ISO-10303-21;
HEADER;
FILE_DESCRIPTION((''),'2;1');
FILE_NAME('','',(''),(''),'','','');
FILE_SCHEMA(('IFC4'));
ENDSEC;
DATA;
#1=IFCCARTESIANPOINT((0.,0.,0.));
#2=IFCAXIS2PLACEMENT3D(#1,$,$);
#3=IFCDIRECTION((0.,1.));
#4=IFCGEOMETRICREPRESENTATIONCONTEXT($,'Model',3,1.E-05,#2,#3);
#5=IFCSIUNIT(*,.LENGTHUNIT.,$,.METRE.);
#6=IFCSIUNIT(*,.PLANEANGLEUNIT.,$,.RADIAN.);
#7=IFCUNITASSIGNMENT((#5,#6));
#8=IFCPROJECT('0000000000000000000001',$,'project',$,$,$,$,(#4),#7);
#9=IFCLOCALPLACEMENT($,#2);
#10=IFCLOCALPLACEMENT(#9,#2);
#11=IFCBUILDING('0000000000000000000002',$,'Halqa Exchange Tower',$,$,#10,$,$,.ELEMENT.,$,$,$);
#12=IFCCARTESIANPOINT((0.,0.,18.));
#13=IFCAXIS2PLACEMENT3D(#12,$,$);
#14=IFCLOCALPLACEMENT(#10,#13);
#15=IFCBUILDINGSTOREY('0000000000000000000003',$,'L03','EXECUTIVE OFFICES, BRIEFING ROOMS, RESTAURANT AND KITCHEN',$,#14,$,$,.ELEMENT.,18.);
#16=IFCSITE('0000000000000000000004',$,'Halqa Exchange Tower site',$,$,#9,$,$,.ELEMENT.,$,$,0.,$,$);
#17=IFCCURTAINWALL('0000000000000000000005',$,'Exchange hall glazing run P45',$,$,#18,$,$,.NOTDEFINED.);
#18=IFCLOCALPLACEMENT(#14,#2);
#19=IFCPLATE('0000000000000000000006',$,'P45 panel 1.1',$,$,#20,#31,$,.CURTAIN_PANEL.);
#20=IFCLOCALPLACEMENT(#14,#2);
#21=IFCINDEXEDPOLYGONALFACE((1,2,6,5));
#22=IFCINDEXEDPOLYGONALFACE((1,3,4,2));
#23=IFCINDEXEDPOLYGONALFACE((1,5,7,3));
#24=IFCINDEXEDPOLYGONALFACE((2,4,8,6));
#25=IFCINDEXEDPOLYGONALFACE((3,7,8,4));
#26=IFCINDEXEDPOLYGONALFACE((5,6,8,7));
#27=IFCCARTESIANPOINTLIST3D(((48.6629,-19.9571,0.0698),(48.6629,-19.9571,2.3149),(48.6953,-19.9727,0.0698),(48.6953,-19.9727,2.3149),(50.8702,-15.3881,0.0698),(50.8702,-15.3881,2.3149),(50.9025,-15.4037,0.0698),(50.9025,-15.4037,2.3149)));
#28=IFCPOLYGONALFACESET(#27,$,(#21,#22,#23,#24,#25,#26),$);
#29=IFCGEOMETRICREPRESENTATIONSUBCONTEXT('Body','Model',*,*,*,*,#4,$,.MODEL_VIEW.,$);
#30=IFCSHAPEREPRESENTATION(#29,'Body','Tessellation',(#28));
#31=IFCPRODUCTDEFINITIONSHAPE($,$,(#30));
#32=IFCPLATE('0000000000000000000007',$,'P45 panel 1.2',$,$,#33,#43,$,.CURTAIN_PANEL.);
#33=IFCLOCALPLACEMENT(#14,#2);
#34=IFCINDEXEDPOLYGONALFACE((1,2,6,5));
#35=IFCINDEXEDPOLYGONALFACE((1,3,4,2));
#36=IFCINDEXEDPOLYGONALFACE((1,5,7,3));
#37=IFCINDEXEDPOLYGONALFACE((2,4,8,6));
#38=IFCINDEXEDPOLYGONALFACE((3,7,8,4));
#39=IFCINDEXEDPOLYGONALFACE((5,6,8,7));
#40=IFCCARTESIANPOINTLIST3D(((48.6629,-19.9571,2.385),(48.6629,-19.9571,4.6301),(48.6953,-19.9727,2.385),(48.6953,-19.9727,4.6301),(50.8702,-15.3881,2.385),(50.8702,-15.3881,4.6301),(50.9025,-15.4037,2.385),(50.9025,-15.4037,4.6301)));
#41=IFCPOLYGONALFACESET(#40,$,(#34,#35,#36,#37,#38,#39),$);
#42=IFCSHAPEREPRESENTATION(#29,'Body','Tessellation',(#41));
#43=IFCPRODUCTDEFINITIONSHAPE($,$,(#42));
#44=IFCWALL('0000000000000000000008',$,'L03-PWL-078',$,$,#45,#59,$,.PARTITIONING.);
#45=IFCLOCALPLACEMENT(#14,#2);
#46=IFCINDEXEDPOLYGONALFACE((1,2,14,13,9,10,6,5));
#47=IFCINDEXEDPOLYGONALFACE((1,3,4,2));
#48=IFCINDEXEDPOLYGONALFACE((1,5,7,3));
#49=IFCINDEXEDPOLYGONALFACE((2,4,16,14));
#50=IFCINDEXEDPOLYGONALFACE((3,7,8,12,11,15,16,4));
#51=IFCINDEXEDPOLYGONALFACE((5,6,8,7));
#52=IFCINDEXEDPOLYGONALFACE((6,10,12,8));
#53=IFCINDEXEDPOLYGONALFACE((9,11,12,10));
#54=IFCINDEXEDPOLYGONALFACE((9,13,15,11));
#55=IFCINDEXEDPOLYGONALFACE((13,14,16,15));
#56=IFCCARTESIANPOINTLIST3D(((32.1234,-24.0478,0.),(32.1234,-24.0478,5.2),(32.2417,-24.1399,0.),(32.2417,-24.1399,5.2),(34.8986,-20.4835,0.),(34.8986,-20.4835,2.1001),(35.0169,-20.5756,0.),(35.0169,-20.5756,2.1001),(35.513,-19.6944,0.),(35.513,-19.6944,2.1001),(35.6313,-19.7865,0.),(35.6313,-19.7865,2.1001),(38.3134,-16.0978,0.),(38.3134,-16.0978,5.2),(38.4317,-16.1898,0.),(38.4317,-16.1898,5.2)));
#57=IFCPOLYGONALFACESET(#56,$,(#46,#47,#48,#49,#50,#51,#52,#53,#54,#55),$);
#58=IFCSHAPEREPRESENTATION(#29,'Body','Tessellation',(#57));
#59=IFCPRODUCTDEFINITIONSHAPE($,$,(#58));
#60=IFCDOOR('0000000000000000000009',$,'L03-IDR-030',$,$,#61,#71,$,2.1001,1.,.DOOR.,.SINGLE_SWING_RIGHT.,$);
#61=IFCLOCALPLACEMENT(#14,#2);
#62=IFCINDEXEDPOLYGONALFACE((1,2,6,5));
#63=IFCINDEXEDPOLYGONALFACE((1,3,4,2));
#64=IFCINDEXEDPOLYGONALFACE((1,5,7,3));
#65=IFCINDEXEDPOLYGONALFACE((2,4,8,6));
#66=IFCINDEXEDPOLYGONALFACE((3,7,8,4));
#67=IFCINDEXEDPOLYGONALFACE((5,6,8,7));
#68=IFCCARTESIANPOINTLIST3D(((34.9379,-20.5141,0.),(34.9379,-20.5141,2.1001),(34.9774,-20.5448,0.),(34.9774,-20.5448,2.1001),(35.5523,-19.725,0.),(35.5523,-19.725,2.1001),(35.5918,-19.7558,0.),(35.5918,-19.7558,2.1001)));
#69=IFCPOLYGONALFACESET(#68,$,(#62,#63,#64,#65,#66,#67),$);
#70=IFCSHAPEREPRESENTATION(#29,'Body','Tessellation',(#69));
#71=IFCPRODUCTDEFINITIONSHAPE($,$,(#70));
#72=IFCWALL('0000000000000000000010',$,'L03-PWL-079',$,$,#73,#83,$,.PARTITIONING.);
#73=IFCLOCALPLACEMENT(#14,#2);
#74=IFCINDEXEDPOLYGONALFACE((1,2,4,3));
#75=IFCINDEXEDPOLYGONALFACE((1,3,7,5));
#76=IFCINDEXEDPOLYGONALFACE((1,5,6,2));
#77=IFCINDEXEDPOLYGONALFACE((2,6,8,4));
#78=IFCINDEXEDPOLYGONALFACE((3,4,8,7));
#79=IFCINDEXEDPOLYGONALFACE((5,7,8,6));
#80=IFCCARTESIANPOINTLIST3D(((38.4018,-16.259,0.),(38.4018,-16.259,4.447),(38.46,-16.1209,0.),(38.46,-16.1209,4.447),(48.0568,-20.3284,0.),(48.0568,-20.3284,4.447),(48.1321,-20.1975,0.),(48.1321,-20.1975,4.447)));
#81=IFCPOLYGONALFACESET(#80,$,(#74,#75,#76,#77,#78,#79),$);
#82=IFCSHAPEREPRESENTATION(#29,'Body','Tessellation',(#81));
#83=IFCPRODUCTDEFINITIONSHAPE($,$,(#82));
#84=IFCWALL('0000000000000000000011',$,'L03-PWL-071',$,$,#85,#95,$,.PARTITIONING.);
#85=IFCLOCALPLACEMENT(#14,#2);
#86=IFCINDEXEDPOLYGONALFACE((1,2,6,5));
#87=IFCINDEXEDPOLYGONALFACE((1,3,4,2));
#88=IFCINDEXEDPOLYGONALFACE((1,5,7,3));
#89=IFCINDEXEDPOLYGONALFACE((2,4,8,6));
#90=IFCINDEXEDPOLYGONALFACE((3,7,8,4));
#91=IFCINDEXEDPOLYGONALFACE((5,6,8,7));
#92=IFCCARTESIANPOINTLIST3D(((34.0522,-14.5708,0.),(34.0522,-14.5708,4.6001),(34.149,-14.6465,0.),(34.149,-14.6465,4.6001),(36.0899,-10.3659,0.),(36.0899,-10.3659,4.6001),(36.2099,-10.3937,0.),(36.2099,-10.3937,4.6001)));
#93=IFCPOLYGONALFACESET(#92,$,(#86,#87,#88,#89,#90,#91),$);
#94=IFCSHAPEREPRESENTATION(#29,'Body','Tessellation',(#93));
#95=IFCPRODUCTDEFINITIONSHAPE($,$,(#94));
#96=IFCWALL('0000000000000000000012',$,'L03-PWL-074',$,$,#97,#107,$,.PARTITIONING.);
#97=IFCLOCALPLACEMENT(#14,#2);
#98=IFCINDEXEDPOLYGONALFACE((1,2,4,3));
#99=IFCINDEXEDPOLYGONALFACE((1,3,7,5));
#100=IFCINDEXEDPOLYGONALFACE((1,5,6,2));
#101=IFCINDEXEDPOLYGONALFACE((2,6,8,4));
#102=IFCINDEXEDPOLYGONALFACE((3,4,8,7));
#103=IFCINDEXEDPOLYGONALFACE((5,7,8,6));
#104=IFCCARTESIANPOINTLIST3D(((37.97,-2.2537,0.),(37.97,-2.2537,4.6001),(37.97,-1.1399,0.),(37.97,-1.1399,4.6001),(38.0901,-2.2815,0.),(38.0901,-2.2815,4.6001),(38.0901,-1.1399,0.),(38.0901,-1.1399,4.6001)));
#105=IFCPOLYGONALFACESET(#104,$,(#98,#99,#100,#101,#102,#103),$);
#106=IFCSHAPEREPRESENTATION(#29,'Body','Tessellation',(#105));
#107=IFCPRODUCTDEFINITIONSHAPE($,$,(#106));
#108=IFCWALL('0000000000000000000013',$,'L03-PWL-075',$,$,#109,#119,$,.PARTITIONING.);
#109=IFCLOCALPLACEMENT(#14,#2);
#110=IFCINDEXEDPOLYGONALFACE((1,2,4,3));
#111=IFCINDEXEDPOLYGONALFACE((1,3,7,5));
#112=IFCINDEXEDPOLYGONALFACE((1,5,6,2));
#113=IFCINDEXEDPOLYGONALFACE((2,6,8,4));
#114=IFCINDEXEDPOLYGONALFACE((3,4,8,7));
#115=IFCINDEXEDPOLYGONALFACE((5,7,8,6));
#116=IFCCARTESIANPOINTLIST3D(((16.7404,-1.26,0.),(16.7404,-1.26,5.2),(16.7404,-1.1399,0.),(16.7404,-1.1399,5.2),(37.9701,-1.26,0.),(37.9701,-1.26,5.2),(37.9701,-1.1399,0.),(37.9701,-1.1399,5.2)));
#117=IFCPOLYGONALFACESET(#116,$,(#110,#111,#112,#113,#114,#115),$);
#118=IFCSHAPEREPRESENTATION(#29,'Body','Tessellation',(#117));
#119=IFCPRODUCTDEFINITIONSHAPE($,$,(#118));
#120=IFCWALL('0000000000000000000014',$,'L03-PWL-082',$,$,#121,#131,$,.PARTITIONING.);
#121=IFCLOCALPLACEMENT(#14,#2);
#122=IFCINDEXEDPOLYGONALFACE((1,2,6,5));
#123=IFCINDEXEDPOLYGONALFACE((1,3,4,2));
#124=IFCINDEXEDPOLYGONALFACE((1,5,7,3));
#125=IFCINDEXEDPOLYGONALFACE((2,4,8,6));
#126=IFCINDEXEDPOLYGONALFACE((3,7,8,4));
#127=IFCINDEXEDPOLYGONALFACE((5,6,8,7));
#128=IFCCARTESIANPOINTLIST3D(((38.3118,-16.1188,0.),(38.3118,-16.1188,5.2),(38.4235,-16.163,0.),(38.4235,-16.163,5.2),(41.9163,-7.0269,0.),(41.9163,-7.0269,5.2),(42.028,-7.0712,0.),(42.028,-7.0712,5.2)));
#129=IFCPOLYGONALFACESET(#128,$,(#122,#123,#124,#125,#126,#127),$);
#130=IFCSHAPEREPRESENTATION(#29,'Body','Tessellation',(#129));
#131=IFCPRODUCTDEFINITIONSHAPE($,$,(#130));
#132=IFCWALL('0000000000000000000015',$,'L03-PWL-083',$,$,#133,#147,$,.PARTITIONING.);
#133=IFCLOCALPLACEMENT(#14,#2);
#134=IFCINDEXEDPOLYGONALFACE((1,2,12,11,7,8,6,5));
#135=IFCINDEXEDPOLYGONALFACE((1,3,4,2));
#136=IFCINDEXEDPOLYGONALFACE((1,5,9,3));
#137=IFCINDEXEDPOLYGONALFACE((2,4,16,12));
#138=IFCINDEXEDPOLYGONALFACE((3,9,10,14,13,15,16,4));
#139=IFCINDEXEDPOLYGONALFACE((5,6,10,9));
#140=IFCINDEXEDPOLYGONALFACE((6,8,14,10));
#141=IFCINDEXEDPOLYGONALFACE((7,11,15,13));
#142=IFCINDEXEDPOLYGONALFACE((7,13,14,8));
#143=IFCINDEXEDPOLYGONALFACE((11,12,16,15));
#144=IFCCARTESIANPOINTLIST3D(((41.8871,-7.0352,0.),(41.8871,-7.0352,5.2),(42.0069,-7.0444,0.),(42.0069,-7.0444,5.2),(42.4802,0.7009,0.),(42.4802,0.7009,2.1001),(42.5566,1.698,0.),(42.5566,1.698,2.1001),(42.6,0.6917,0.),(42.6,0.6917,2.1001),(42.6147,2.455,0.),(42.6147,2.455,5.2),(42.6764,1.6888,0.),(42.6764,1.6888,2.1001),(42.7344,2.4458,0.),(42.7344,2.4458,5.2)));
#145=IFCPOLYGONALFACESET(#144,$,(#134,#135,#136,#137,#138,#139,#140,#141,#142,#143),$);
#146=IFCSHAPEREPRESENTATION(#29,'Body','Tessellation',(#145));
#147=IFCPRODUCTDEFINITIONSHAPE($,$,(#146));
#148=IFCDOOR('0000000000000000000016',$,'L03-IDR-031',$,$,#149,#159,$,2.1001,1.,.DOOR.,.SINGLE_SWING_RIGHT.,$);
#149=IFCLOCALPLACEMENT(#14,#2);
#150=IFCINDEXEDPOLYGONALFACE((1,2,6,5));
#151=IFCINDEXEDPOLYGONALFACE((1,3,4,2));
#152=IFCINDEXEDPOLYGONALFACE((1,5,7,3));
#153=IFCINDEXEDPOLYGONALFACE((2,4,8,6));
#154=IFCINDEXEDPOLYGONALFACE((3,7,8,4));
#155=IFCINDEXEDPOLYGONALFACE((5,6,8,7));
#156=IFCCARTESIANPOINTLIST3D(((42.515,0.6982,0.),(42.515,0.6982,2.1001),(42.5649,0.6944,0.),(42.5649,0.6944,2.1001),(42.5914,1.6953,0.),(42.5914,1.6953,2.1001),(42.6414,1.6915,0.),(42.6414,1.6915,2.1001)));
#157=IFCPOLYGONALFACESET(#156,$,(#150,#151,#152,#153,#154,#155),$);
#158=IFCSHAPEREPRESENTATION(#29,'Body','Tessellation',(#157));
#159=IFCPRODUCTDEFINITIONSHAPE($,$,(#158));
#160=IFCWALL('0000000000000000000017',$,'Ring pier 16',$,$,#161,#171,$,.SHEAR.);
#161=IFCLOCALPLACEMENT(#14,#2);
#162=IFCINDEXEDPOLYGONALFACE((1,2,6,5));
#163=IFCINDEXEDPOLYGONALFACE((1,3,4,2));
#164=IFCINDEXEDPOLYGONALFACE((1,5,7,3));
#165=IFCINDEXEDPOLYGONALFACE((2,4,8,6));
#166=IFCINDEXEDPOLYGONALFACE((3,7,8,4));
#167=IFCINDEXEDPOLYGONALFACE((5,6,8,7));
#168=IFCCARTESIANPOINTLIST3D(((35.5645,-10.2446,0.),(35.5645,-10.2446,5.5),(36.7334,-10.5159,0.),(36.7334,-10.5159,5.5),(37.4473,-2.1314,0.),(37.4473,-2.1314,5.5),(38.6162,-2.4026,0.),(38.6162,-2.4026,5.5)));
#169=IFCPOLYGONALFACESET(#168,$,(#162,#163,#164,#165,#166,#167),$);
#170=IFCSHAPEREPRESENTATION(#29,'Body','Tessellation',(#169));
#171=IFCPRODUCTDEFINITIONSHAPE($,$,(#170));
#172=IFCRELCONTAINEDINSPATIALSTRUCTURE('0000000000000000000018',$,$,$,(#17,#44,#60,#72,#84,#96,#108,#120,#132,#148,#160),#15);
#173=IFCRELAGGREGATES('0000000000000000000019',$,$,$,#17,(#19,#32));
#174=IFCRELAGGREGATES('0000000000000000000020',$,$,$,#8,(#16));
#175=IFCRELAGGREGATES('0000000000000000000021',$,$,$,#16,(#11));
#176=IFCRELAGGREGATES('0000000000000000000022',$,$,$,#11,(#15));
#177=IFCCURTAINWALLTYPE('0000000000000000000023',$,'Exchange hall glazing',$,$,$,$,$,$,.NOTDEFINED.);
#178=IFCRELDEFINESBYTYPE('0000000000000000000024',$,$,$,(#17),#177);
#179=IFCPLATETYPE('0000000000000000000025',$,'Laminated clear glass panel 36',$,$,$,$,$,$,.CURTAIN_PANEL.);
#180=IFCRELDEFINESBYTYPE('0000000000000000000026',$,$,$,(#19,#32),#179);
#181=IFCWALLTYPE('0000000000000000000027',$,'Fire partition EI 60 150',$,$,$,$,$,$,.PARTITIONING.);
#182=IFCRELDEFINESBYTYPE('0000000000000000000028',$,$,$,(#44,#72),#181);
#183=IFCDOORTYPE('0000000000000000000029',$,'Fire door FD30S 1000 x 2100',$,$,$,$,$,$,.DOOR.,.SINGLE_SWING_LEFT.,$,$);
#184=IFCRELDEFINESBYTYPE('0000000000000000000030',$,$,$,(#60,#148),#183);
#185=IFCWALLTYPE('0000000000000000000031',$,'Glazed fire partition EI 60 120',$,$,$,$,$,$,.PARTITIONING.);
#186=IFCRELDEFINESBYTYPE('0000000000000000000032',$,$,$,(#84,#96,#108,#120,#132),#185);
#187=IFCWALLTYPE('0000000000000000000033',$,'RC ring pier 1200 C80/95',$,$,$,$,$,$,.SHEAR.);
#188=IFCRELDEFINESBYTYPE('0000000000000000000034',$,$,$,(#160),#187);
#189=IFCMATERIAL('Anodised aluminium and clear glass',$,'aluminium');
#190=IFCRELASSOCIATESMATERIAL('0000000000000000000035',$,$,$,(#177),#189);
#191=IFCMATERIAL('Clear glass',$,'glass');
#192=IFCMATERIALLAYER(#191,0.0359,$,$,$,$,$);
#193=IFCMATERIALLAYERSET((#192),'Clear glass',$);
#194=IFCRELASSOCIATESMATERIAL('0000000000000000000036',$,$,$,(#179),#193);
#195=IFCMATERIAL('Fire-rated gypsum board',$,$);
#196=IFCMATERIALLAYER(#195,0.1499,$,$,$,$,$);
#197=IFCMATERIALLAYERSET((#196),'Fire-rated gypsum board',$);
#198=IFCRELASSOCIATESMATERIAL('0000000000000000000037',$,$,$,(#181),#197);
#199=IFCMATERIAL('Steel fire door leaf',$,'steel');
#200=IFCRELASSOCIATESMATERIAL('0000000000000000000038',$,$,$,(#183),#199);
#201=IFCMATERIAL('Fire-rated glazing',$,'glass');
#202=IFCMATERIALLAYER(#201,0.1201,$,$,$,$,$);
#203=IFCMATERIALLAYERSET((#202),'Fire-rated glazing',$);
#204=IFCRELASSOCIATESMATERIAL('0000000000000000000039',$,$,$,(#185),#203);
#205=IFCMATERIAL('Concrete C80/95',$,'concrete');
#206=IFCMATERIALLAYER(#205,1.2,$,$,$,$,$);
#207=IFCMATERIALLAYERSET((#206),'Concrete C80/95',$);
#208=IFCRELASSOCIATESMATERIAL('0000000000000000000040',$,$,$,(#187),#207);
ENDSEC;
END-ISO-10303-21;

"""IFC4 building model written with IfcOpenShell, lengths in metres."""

from ifc_helpers import new_model, si_unit, direction, frame, frame_2d, origin, origin_2d, place, context, subcontext, project, spatial, polyline, rectangle, outline, extrude, material, layer, layer_set, type_object, element, fill, aggregate, save


model = new_model("IFC4")

# Units and contexts
model_context = context("Model", 3, precision=1e-05, world=origin(), true_north=direction((0.0, 1.0)))
body_context = subcontext(model_context, "Body", "Model", "MODEL_VIEW")
ifc_project = project(units=[si_unit("LENGTHUNIT", "METRE"), si_unit("PLANEANGLEUNIT", "RADIAN")], contexts=[model_context])

# Site, building, storey
site_placement = place(None, origin())
site = spatial("IfcSite", under=ifc_project, at=site_placement, Name="Halqa Exchange Tower site", CompositionType="ELEMENT", RefElevation=0.0)
building_placement = place(site_placement, origin())
building = spatial("IfcBuilding", under=site, at=building_placement, Name="Halqa Exchange Tower", CompositionType="ELEMENT")
storey_placement = place(building_placement, frame((0.0, 0.0, 18.0)))
storey = spatial("IfcBuildingStorey", under=building, at=storey_placement, Name="L03", Description="EXECUTIVE OFFICES, BRIEFING ROOMS, RESTAURANT AND KITCHEN", CompositionType="ELEMENT", Elevation=18.0)

# Curtain wall
ifc_material_1 = material(Name="Anodised aluminium and clear glass", Category="aluminium")
curtain_wall_type = type_object("IfcCurtainWallType", Name="Exchange hall glazing", PredefinedType="NOTDEFINED", material=ifc_material_1)
curtain_wall_placement = place(storey_placement, origin())
curtain_wall = element("IfcCurtainWall", 1, at=curtain_wall_placement, inside=storey, type_object=curtain_wall_type, Name="Exchange hall glazing run P45", PredefinedType="NOTDEFINED")

# Plates
ifc_material_2 = material(Name="Clear glass", Category="glass")
ifc_layer_1 = layer(ifc_material_2, 0.0359)
ifc_layer_set_1 = layer_set([ifc_layer_1], Name="Clear glass")
plate_type = type_object("IfcPlateType", Name="Laminated clear glass panel 36", PredefinedType="CURTAIN_PANEL", material=ifc_layer_set_1)
plate_1_placement = place(storey_placement, frame((49.7827, -17.6804, 0.0698), z_axis=(0.0, 0.0, 1.0), x_axis=(0.43499, 0.900435, 0.0)))
plate_1 = element("IfcPlate", 2, at=plate_1_placement, type_object=plate_type, Name="P45 panel 1.1", PredefinedType="CURTAIN_PANEL", context=body_context, shape_type="SweptSolid", body=[
    extrude(rectangle(XDim=5.0742, YDim=0.0359, at=origin_2d()), origin(), (0.0, 0.0, 1.0), 2.2451),
])
plate_2_placement = place(storey_placement, frame((49.7827, -17.6804, 2.385), z_axis=(0.0, 0.0, 1.0), x_axis=(0.43499, 0.900435, 0.0)))
plate_2 = element("IfcPlate", 3, at=plate_2_placement, type_object=plate_type, Name="P45 panel 1.2", PredefinedType="CURTAIN_PANEL", context=body_context, shape_type="SweptSolid", body=[
    extrude(rectangle(XDim=5.0742, YDim=0.0359, at=origin_2d()), origin(), (0.0, 0.0, 1.0), 2.2451),
])
aggregate(curtain_wall, [plate_1, plate_2])

# Wall, opening, door
ifc_material_3 = material(Name="Fire-rated gypsum board")
ifc_layer_2 = layer(ifc_material_3, 0.1499)
ifc_layer_set_2 = layer_set([ifc_layer_2], Name="Fire-rated gypsum board")
wall_type_1 = type_object("IfcWallType", Name="Fire partition EI 60 150", PredefinedType="PARTITIONING", material=ifc_layer_set_2)
wall_1_placement = place(storey_placement, frame((38.3726, -16.1438, 0.0), z_axis=(0.0, 0.0, 1.0), x_axis=(-0.614352, -0.789032, 0.0)))
wall_1 = element("IfcWall", 4, at=wall_1_placement, inside=storey, type_object=wall_type_1, Name="L03-PWL-078", PredefinedType="PARTITIONING", context=body_context, shape_type="SweptSolid", body=[
    extrude(rectangle(XDim=10.0757, YDim=0.1499, at=frame_2d((5.0378, 0.0))), origin(), (0.0, 0.0, 1.0), 5.2),
])
opening_1_placement = place(wall_1_placement, frame((4.5583, 0.0, 0.0)))
opening_1 = element("IfcOpeningElement", 5, at=opening_1_placement, cuts=wall_1, PredefinedType="OPENING", context=body_context, shape_type="SweptSolid", body=[
    extrude(rectangle(XDim=1.0, YDim=2.1001, at=frame_2d((0.5, 1.05))), frame((0.0, 0.0869, 0.0), z_axis=(0.0, -1.0, 0.0), x_axis=(1.0, 0.0, 0.0)), (0.0, 0.0, 1.0), 0.1738),
])
ifc_material_4 = material(Name="Steel fire door leaf", Category="steel")
door_type = type_object("IfcDoorType", Name="Fire door FD30S 1000 x 2100", OperationType="SINGLE_SWING_LEFT", PredefinedType="DOOR", material=ifc_material_4)
door_1_placement = place(opening_1_placement, origin())
door_1 = element("IfcDoor", 6, at=door_1_placement, inside=storey, type_object=door_type, Name="L03-IDR-030", OperationType="SINGLE_SWING_RIGHT", OverallHeight=2.1001, OverallWidth=1.0, PredefinedType="DOOR", context=body_context, shape_type="SweptSolid", body=[
    extrude(rectangle(XDim=1.0, YDim=2.1001, at=frame_2d((0.5, 1.05))), frame((0.0, 0.0249, 0.0), z_axis=(0.0, -1.0, 0.0), x_axis=(1.0, 0.0, 0.0)), (0.0, 0.0, 1.0), 0.05),
])
fill(opening_1, door_1)

# Walls
wall_2_placement = place(storey_placement, frame((38.4309, -16.1899, 0.0), z_axis=(0.0, 0.0, 1.0), x_axis=(0.921495, -0.388391, 0.0)))
element("IfcWall", 7, at=wall_2_placement, inside=storey, type_object=wall_type_1, Name="L03-PWL-079", PredefinedType="PARTITIONING", context=body_context, shape_type="SweptSolid", body=[
    extrude(outline(polyline([(0.0, -0.075), (10.4775, -0.075), (10.4961, 0.075), (0.0, 0.075), (0.0, -0.075)])), origin(), (0.0, 0.0, 1.0), 4.447),
])
ifc_material_5 = material(Name="Fire-rated glazing", Category="glass")
ifc_layer_3 = layer(ifc_material_5, 0.1201)
ifc_layer_set_3 = layer_set([ifc_layer_3], Name="Fire-rated glazing")
wall_type_2 = type_object("IfcWallType", Name="Glazed fire partition EI 60 120", PredefinedType="PARTITIONING", material=ifc_layer_set_3)
wall_3_placement = place(storey_placement, frame((34.1006, -14.6086, 0.0), z_axis=(0.0, 0.0, 1.0), x_axis=(0.436103, 0.899897, 0.0)))
element("IfcWall", 8, at=wall_3_placement, inside=storey, type_object=wall_type_2, Name="L03-PWL-071", PredefinedType="PARTITIONING", context=body_context, shape_type="SweptSolid", body=[
    extrude(outline(polyline([(-0.0129, -0.0601), (4.7129, -0.0601), (4.6855, 0.0601), (0.0129, 0.0601), (-0.0129, -0.0601)])), origin(), (0.0, 0.0, 1.0), 4.6001),
])
wall_4_placement = place(storey_placement, frame((38.03, -2.2676, 0.0), z_axis=(0.0, 0.0, 1.0), x_axis=(0.0, 1.0, 0.0)))
element("IfcWall", 9, at=wall_4_placement, inside=storey, type_object=wall_type_2, Name="L03-PWL-074", PredefinedType="PARTITIONING", context=body_context, shape_type="SweptSolid", body=[
    extrude(outline(polyline([(-0.0139, -0.0601), (1.1277, -0.0601), (1.1277, 0.0601), (0.0139, 0.0601), (-0.0139, -0.0601)])), origin(), (0.0, 0.0, 1.0), 4.6001),
])
wall_5_placement = place(storey_placement, frame((37.97, -1.2, 0.0), z_axis=(0.0, 0.0, 1.0), x_axis=(-1.0, 0.0, 0.0)))
element("IfcWall", 10, at=wall_5_placement, inside=storey, type_object=wall_type_2, Name="L03-PWL-075", PredefinedType="PARTITIONING", context=body_context, shape_type="SweptSolid", body=[
    extrude(rectangle(XDim=21.2297, YDim=0.1201, at=frame_2d((10.6147, 0.0))), origin(), (0.0, 0.0, 1.0), 5.2),
])
wall_6_placement = place(storey_placement, frame((41.9722, -7.0491, 0.0), z_axis=(0.0, 0.0, 1.0), x_axis=(-0.368548, -0.929609, 0.0)))
element("IfcWall", 11, at=wall_6_placement, inside=storey, type_object=wall_type_2, Name="L03-PWL-082", PredefinedType="PARTITIONING", context=body_context, shape_type="SweptSolid", body=[
    extrude(rectangle(XDim=9.7803, YDim=0.1201, at=frame_2d((4.8901, 0.0))), origin(), (0.0, 0.0, 1.0), 5.2),
])

# Wall, opening, door
wall_7_placement = place(storey_placement, frame((41.947, -7.0398, 0.0), z_axis=(0.0, 0.0, 1.0), x_axis=(0.076438, 0.997074, 0.0)))
wall_7 = element("IfcWall", 12, at=wall_7_placement, inside=storey, type_object=wall_type_2, Name="L03-PWL-083", PredefinedType="PARTITIONING", context=body_context, shape_type="SweptSolid", body=[
    extrude(rectangle(XDim=9.5181, YDim=0.1201, at=frame_2d((4.759, 0.0))), origin(), (0.0, 0.0, 1.0), 5.2),
])
opening_2_placement = place(wall_7_placement, frame((7.7588, 0.0, 0.0)))
opening_2 = element("IfcOpeningElement", 13, at=opening_2_placement, cuts=wall_7, PredefinedType="OPENING", context=body_context, shape_type="SweptSolid", body=[
    extrude(rectangle(XDim=1.0, YDim=2.1001, at=frame_2d((0.5, 1.05))), frame((0.0, 0.072, 0.0), z_axis=(0.0, -1.0, 0.0), x_axis=(1.0, 0.0, 0.0)), (0.0, 0.0, 1.0), 0.144),
])
door_2_placement = place(opening_2_placement, frame((1.0, 0.0, 0.0), z_axis=(0.0, 0.0, 1.0), x_axis=(-1.0, 0.0, 0.0)))
door_2 = element("IfcDoor", 14, at=door_2_placement, inside=storey, type_object=door_type, Name="L03-IDR-031", OperationType="SINGLE_SWING_RIGHT", OverallHeight=2.1001, OverallWidth=1.0, PredefinedType="DOOR", context=body_context, shape_type="SweptSolid", body=[
    extrude(rectangle(XDim=1.0, YDim=2.1001, at=frame_2d((0.5, 1.05))), frame((0.0, 0.0249, 0.0), z_axis=(0.0, -1.0, 0.0), x_axis=(1.0, 0.0, 0.0)), (0.0, 0.0, 1.0), 0.05),
])
fill(opening_2, door_2)

# Wall
ifc_material_6 = material(Name="Concrete C80/95", Category="concrete")
ifc_layer_4 = layer(ifc_material_6, 1.2)
ifc_layer_set_4 = layer_set([ifc_layer_4], Name="Concrete C80/95")
wall_type_3 = type_object("IfcWallType", Name="RC ring pier 1200 C80/95", PredefinedType="SHEAR", material=ifc_layer_set_4)
wall_8_placement = place(storey_placement, frame((36.1489, -10.3804, 0.0), z_axis=(0.0, 0.0, 1.0), x_axis=(0.226058, 0.974114, 0.0)))
element("IfcWall", 15, at=wall_8_placement, inside=storey, type_object=wall_type_3, Name="Ring pier 16", PredefinedType="SHEAR", context=body_context, shape_type="SweptSolid", body=[
    extrude(rectangle(XDim=8.3289, YDim=1.2, at=frame_2d((4.1646, 0.0))), origin(), (0.0, 0.0, 1.0), 5.5),
])

save(model, "model.ifc")
